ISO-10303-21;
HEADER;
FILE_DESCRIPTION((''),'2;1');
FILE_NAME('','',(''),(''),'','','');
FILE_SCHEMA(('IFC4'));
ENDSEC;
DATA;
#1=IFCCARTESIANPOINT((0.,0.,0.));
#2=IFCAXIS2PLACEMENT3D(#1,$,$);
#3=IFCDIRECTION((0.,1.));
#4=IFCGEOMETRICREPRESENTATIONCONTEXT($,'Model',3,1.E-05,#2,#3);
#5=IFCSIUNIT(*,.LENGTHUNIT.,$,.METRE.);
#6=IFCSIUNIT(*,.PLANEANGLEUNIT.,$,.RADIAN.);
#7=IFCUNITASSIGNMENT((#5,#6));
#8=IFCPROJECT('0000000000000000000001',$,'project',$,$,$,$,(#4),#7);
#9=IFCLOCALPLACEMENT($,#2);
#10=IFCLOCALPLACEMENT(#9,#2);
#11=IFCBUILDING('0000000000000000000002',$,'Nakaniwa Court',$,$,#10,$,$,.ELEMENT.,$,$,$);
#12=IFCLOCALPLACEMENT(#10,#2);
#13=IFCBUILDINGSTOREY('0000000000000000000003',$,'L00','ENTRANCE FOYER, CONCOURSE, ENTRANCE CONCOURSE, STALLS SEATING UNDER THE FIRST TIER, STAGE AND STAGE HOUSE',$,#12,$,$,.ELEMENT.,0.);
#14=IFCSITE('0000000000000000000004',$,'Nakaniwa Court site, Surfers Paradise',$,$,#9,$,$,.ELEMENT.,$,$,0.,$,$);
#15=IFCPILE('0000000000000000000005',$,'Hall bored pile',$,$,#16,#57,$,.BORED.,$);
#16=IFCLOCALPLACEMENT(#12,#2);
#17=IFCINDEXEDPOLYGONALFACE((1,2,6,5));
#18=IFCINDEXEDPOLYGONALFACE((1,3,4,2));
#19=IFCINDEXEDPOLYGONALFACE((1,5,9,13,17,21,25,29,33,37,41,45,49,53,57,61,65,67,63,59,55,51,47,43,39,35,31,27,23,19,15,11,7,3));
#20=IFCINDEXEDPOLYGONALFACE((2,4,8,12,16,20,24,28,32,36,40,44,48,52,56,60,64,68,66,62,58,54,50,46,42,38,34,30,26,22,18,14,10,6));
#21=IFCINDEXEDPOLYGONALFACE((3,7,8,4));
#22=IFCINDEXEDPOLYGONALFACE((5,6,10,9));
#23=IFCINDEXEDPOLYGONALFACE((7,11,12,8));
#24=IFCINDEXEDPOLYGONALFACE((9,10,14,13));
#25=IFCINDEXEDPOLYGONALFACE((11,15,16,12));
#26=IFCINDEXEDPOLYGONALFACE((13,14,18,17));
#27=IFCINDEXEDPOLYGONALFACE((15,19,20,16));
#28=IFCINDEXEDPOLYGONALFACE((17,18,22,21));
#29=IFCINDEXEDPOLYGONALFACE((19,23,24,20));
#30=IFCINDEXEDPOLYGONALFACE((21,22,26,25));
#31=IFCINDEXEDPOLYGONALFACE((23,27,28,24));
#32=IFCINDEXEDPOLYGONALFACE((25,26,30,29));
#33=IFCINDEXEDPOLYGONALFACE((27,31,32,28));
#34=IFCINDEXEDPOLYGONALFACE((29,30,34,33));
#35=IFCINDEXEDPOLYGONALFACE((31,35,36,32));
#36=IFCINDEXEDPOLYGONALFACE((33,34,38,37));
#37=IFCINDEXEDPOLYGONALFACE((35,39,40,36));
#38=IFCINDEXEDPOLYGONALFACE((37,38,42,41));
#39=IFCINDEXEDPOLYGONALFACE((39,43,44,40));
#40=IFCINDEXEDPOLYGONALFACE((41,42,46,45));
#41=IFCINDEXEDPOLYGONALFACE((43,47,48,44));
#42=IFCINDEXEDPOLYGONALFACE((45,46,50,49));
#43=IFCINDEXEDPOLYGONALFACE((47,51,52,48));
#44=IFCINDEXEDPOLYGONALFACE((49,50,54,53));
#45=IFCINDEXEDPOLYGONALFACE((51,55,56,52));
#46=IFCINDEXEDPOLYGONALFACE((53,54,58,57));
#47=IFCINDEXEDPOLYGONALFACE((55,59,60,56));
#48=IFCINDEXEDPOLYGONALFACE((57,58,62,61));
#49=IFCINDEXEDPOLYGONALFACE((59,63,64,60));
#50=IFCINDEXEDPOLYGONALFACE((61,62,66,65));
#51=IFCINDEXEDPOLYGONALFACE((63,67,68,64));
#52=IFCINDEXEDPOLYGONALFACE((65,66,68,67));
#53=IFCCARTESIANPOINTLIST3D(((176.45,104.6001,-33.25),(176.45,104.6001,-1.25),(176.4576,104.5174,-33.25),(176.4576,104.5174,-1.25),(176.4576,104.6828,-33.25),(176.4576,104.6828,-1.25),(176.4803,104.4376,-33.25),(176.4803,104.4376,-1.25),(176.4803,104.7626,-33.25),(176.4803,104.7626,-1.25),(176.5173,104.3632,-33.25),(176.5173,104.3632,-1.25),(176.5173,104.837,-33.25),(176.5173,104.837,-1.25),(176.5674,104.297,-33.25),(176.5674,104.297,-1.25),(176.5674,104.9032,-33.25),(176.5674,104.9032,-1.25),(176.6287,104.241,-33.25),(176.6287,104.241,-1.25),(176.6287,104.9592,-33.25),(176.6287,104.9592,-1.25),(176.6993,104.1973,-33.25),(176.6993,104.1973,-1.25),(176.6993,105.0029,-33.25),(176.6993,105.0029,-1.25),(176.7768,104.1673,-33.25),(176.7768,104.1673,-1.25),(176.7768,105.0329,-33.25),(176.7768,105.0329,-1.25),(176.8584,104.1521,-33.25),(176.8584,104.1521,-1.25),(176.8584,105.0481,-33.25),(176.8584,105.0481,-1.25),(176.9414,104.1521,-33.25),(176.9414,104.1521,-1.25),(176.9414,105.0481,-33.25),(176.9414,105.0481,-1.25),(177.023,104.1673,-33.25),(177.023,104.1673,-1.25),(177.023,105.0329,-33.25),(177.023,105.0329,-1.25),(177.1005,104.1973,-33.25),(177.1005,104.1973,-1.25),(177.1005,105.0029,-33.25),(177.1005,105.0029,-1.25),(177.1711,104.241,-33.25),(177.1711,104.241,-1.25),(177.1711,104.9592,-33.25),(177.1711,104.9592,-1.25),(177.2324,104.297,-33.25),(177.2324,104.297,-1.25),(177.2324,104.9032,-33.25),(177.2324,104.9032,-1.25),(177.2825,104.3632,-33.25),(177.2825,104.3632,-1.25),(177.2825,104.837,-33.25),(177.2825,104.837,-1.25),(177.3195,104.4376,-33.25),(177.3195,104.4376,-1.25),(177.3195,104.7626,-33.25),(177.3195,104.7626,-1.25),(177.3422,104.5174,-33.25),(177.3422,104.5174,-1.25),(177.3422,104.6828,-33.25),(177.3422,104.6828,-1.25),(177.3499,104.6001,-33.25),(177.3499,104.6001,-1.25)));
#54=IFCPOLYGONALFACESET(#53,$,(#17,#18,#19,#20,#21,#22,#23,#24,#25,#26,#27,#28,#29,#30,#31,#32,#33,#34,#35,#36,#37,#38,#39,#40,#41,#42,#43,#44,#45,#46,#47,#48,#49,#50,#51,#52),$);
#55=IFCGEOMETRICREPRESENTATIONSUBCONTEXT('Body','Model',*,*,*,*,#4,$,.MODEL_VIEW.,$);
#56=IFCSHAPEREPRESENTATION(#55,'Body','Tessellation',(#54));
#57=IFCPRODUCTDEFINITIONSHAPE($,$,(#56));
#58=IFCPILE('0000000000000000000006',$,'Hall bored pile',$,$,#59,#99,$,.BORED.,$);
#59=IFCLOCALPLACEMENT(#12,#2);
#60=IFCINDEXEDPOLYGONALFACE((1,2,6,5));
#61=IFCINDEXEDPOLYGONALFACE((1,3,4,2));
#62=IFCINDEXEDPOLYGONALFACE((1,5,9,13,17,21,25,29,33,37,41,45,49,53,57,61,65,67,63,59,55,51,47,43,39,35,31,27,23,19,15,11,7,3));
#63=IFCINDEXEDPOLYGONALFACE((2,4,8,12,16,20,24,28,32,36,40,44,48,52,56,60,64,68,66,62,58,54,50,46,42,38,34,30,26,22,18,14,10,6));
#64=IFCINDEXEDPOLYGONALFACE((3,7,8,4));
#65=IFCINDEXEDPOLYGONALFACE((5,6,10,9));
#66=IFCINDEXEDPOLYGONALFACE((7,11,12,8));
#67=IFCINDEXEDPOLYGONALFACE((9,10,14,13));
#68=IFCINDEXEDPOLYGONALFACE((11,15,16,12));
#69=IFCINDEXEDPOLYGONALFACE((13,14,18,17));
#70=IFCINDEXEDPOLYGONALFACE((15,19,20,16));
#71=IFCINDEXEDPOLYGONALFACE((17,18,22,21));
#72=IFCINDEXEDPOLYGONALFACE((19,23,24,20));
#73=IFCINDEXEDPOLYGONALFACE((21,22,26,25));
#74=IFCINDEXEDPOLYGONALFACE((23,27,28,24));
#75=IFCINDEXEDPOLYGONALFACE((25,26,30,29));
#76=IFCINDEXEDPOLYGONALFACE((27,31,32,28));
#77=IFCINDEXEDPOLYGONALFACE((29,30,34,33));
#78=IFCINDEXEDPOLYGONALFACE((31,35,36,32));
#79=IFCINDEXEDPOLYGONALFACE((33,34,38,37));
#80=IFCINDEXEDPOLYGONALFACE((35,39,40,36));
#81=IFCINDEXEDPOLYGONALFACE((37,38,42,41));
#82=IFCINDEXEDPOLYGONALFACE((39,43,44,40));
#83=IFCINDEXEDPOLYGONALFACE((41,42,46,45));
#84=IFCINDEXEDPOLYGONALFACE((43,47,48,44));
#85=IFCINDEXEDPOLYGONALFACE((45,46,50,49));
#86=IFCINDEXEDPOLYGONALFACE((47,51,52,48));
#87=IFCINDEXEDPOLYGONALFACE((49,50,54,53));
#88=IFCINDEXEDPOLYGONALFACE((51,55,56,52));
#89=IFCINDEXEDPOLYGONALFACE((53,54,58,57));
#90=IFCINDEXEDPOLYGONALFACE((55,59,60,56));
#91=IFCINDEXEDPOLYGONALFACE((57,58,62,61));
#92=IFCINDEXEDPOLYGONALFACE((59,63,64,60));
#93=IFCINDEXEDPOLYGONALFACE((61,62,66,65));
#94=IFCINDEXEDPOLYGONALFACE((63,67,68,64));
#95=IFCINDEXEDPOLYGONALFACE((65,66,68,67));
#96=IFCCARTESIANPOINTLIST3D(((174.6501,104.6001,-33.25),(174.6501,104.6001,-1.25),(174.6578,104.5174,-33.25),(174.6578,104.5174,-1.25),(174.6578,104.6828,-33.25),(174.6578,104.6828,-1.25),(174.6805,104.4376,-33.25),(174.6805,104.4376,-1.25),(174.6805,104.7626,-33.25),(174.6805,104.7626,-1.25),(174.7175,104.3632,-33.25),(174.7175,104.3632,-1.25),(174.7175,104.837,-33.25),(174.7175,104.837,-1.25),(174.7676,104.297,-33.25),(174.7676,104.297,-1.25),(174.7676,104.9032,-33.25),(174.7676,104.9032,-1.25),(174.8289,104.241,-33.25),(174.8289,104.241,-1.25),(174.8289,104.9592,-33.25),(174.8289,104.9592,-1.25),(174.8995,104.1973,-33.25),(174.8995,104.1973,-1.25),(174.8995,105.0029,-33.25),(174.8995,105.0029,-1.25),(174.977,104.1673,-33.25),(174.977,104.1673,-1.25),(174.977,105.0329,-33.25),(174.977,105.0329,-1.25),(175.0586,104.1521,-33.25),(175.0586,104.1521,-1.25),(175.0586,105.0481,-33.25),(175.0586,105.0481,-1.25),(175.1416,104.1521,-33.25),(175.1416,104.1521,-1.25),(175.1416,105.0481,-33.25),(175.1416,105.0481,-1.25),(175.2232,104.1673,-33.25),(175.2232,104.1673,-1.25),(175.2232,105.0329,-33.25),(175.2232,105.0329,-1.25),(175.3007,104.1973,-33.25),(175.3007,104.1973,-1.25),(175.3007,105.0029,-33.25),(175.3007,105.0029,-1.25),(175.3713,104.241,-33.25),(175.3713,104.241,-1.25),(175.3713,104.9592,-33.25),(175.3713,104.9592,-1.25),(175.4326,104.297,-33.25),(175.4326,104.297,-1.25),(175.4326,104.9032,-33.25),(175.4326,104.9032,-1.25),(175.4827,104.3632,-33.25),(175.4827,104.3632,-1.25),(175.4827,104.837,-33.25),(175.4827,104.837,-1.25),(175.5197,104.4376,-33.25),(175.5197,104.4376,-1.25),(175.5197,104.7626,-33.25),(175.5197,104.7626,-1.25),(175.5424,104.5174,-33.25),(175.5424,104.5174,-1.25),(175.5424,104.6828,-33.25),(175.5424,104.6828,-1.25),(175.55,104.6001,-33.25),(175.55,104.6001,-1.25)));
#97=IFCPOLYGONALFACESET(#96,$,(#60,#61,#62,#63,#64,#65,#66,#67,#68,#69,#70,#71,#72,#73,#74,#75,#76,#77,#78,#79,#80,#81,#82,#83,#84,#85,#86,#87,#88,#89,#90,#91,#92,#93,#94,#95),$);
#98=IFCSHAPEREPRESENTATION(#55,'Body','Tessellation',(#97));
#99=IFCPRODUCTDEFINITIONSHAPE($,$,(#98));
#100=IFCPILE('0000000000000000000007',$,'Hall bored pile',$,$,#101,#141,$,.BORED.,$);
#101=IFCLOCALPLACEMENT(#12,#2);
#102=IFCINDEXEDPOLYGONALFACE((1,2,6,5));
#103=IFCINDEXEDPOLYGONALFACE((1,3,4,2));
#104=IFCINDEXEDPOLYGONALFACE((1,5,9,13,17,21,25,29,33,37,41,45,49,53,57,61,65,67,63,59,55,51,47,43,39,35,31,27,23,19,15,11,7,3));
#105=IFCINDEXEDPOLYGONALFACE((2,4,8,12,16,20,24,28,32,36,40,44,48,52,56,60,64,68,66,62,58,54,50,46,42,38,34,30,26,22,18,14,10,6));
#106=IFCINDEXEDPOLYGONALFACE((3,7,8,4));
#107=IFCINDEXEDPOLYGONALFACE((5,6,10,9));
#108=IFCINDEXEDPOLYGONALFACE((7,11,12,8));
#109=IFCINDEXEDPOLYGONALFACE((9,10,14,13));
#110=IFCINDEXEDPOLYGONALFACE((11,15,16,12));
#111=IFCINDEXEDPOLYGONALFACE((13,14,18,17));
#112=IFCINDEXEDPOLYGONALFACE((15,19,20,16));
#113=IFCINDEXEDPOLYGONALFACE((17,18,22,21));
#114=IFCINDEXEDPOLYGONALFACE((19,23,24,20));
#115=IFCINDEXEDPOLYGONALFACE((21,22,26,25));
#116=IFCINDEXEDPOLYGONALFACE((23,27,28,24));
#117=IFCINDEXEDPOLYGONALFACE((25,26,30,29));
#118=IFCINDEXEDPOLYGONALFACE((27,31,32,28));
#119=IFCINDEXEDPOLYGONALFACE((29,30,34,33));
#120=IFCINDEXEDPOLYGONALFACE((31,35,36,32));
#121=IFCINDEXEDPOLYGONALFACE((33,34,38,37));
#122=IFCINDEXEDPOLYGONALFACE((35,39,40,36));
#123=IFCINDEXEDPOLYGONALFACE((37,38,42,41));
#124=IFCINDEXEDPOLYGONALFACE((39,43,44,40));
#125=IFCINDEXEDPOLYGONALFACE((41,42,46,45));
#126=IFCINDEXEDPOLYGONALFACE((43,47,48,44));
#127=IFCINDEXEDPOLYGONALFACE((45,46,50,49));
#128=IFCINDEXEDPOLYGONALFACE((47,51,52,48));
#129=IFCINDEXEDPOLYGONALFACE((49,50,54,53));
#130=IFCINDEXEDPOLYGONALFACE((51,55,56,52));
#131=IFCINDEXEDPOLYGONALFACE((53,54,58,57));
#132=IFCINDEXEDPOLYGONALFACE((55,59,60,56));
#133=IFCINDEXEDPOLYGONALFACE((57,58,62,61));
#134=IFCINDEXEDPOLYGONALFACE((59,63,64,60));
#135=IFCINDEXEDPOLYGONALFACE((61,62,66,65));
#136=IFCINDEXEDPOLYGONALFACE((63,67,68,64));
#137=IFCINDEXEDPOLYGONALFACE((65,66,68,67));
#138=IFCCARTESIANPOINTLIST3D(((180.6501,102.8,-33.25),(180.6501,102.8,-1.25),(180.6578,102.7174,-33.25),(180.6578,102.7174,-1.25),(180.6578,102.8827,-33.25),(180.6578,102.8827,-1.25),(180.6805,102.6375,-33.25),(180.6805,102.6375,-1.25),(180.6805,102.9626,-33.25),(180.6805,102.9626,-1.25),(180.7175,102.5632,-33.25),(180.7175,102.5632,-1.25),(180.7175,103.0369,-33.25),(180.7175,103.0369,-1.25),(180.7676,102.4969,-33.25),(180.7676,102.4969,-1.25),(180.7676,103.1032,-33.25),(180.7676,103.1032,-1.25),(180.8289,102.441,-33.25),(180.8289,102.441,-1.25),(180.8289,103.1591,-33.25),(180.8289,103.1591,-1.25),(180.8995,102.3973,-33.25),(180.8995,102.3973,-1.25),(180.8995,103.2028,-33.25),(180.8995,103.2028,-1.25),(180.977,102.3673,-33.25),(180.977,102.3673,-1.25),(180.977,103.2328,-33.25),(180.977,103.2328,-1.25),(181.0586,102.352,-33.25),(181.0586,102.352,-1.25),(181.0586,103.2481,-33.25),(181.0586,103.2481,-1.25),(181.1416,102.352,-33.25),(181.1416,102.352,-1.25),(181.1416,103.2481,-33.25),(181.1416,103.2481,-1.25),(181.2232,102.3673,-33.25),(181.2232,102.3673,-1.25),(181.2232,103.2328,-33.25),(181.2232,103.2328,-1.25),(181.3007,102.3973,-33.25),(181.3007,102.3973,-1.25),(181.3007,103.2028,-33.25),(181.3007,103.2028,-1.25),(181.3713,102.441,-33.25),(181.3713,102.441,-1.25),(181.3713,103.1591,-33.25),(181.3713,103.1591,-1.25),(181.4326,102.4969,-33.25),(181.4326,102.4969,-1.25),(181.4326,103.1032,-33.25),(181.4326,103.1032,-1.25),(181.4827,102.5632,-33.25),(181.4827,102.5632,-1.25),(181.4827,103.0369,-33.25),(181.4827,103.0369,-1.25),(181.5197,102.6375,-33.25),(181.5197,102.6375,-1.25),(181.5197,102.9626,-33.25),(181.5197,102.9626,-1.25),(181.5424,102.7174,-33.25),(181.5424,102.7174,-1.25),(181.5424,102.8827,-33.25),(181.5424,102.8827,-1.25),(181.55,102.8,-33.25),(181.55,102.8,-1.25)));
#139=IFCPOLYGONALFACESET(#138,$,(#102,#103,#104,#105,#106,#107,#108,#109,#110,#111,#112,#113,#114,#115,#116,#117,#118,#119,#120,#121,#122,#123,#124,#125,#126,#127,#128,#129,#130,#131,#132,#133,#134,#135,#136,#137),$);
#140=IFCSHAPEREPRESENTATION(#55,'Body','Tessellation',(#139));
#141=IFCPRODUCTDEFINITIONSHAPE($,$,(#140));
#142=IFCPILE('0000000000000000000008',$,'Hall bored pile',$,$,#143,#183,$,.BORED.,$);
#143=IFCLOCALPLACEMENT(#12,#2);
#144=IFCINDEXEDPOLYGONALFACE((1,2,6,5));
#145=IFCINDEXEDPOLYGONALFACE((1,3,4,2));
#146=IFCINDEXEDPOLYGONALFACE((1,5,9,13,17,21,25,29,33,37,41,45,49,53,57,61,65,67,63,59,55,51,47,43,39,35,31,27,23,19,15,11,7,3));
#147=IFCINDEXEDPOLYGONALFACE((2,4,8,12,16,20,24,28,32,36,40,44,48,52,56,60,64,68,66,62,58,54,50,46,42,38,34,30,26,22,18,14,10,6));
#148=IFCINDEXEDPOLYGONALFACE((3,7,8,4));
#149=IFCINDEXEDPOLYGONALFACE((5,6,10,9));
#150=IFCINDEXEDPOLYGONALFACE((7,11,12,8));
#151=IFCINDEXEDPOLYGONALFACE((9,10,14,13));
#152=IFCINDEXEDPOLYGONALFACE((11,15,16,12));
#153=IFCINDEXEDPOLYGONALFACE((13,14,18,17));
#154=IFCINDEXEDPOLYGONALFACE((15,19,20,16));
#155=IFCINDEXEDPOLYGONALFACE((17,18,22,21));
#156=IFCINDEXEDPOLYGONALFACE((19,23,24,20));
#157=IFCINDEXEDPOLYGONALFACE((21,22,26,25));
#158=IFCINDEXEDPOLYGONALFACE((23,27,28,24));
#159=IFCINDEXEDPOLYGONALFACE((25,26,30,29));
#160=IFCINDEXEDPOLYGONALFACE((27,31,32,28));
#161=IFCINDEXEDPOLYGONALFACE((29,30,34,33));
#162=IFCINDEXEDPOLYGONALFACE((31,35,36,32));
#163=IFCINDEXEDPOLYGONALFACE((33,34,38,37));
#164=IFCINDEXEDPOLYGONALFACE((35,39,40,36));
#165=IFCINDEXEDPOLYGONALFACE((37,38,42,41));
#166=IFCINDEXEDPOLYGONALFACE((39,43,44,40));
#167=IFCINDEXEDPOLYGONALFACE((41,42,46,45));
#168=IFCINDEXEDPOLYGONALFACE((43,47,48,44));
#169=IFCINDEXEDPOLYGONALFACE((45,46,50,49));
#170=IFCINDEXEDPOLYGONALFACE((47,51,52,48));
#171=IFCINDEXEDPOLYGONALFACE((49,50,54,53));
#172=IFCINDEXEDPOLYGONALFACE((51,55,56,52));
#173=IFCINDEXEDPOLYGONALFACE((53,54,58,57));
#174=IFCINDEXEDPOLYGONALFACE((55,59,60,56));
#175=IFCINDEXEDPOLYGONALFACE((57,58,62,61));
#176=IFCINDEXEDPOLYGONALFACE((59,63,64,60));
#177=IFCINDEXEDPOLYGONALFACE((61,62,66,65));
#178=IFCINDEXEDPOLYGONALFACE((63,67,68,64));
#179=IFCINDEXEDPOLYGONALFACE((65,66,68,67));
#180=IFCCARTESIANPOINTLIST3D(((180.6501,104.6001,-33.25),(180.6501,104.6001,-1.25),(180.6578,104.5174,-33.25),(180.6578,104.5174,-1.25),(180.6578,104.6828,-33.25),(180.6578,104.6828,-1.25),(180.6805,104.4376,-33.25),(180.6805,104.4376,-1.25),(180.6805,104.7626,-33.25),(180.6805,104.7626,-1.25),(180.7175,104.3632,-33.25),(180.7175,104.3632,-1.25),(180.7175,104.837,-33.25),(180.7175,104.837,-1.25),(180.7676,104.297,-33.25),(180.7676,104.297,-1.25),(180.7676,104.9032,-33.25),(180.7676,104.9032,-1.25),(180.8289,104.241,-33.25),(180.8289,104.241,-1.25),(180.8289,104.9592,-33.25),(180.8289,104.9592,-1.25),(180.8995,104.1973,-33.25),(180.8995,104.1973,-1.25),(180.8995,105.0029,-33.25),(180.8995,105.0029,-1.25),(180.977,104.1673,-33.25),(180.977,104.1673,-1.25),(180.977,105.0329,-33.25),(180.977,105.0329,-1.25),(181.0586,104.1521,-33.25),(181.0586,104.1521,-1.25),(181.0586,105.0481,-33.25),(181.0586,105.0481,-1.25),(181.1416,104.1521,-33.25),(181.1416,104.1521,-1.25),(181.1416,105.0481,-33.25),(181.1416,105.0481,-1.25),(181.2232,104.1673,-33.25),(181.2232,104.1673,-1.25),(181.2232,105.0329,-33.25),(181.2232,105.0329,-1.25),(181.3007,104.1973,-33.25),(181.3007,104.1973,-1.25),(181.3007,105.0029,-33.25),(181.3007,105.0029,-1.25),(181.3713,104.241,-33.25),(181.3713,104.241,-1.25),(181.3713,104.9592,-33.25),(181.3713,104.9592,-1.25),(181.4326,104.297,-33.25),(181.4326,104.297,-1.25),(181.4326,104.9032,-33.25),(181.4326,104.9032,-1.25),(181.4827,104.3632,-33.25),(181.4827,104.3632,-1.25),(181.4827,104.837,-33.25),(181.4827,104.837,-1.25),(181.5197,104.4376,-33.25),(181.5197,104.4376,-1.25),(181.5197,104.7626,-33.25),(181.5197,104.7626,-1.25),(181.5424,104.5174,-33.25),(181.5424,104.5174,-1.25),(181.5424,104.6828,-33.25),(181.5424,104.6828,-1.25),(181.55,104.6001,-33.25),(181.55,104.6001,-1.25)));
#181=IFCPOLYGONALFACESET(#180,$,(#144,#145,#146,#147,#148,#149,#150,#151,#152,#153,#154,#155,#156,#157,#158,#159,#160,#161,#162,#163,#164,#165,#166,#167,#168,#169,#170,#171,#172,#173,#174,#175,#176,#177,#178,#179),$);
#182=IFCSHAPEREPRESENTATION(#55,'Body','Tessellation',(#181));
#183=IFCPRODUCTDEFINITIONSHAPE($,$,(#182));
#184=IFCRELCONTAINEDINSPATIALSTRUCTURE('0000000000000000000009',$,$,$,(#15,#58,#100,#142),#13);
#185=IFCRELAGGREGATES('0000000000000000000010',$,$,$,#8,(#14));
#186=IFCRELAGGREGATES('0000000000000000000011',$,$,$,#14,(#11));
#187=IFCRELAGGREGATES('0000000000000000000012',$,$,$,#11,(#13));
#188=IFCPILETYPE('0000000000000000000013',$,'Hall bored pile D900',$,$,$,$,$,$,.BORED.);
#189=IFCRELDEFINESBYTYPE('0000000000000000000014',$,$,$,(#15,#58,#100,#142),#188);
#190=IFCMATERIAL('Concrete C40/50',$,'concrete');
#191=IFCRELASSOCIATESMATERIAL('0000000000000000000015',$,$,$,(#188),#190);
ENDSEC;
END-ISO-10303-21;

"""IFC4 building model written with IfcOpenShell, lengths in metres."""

from ifc_helpers import new_model, si_unit, direction, frame, origin, origin_2d, place, context, subcontext, project, spatial, circle, extrude, material, material_profile, profile_set, type_object, element, save


model = new_model("IFC4")

# Units and contexts
model_context = context("Model", 3, precision=1e-05, world=origin(), true_north=direction((0.0, 1.0)))
body_context = subcontext(model_context, "Body", "Model", "MODEL_VIEW")
ifc_project = project(units=[si_unit("LENGTHUNIT", "METRE"), si_unit("PLANEANGLEUNIT", "RADIAN")], contexts=[model_context])

# Site, building, storey
site_placement = place(None, origin())
site = spatial("IfcSite", under=ifc_project, at=site_placement, Name="Nakaniwa Court site, Surfers Paradise", CompositionType="ELEMENT", RefElevation=0.0)
building_placement = place(site_placement, origin())
building = spatial("IfcBuilding", under=site, at=building_placement, Name="Nakaniwa Court", CompositionType="ELEMENT")
storey_placement = place(building_placement, origin())
storey = spatial("IfcBuildingStorey", under=building, at=storey_placement, Name="L00", Description="ENTRANCE FOYER, CONCOURSE, ENTRANCE CONCOURSE, STALLS SEATING UNDER THE FIRST TIER, STAGE AND STAGE HOUSE", CompositionType="ELEMENT", Elevation=0.0)

# Piles
ifc_material_1 = material(Name="Concrete C40/50", Category="concrete")
ifc_material_profile_1 = material_profile(ifc_material_1, circle(Radius=0.45, at=origin_2d()), Name="Bored pile D900")
ifc_profile_set_1 = profile_set([ifc_material_profile_1], Name="Concrete C40/50")
pile_type = type_object("IfcPileType", Name="Hall bored pile D900", PredefinedType="BORED", material=ifc_profile_set_1)
for number, where, z_axis, x_axis, name in (
    (1, (176.8999, 104.6001, -1.25), (0.0, 0.0, -1.0), (1.0, 0.0, 0.0), "Hall bored pile"),
    (2, (175.1001, 104.6001, -1.25), (0.0, 0.0, -1.0), (1.0, 0.0, 0.0), "Hall bored pile"),
    (3, (181.1001, 102.8, -1.25), (0.0, 0.0, -1.0), (1.0, 0.0, 0.0), "Hall bored pile"),
    (4, (181.1001, 104.6001, -1.25), (0.0, 0.0, -1.0), (1.0, 0.0, 0.0), "Hall bored pile"),
):
    element("IfcPile", number, at=place(storey_placement, frame(where, z_axis=z_axis, x_axis=x_axis)), inside=storey, type_object=pile_type, Name=name, PredefinedType="BORED", context=body_context, shape_type="SweptSolid", body=[
        extrude(circle(Radius=0.45, at=origin_2d()), origin(), (0.0, 0.0, 1.0), 32.0),
    ])

save(model, "model.ifc")
